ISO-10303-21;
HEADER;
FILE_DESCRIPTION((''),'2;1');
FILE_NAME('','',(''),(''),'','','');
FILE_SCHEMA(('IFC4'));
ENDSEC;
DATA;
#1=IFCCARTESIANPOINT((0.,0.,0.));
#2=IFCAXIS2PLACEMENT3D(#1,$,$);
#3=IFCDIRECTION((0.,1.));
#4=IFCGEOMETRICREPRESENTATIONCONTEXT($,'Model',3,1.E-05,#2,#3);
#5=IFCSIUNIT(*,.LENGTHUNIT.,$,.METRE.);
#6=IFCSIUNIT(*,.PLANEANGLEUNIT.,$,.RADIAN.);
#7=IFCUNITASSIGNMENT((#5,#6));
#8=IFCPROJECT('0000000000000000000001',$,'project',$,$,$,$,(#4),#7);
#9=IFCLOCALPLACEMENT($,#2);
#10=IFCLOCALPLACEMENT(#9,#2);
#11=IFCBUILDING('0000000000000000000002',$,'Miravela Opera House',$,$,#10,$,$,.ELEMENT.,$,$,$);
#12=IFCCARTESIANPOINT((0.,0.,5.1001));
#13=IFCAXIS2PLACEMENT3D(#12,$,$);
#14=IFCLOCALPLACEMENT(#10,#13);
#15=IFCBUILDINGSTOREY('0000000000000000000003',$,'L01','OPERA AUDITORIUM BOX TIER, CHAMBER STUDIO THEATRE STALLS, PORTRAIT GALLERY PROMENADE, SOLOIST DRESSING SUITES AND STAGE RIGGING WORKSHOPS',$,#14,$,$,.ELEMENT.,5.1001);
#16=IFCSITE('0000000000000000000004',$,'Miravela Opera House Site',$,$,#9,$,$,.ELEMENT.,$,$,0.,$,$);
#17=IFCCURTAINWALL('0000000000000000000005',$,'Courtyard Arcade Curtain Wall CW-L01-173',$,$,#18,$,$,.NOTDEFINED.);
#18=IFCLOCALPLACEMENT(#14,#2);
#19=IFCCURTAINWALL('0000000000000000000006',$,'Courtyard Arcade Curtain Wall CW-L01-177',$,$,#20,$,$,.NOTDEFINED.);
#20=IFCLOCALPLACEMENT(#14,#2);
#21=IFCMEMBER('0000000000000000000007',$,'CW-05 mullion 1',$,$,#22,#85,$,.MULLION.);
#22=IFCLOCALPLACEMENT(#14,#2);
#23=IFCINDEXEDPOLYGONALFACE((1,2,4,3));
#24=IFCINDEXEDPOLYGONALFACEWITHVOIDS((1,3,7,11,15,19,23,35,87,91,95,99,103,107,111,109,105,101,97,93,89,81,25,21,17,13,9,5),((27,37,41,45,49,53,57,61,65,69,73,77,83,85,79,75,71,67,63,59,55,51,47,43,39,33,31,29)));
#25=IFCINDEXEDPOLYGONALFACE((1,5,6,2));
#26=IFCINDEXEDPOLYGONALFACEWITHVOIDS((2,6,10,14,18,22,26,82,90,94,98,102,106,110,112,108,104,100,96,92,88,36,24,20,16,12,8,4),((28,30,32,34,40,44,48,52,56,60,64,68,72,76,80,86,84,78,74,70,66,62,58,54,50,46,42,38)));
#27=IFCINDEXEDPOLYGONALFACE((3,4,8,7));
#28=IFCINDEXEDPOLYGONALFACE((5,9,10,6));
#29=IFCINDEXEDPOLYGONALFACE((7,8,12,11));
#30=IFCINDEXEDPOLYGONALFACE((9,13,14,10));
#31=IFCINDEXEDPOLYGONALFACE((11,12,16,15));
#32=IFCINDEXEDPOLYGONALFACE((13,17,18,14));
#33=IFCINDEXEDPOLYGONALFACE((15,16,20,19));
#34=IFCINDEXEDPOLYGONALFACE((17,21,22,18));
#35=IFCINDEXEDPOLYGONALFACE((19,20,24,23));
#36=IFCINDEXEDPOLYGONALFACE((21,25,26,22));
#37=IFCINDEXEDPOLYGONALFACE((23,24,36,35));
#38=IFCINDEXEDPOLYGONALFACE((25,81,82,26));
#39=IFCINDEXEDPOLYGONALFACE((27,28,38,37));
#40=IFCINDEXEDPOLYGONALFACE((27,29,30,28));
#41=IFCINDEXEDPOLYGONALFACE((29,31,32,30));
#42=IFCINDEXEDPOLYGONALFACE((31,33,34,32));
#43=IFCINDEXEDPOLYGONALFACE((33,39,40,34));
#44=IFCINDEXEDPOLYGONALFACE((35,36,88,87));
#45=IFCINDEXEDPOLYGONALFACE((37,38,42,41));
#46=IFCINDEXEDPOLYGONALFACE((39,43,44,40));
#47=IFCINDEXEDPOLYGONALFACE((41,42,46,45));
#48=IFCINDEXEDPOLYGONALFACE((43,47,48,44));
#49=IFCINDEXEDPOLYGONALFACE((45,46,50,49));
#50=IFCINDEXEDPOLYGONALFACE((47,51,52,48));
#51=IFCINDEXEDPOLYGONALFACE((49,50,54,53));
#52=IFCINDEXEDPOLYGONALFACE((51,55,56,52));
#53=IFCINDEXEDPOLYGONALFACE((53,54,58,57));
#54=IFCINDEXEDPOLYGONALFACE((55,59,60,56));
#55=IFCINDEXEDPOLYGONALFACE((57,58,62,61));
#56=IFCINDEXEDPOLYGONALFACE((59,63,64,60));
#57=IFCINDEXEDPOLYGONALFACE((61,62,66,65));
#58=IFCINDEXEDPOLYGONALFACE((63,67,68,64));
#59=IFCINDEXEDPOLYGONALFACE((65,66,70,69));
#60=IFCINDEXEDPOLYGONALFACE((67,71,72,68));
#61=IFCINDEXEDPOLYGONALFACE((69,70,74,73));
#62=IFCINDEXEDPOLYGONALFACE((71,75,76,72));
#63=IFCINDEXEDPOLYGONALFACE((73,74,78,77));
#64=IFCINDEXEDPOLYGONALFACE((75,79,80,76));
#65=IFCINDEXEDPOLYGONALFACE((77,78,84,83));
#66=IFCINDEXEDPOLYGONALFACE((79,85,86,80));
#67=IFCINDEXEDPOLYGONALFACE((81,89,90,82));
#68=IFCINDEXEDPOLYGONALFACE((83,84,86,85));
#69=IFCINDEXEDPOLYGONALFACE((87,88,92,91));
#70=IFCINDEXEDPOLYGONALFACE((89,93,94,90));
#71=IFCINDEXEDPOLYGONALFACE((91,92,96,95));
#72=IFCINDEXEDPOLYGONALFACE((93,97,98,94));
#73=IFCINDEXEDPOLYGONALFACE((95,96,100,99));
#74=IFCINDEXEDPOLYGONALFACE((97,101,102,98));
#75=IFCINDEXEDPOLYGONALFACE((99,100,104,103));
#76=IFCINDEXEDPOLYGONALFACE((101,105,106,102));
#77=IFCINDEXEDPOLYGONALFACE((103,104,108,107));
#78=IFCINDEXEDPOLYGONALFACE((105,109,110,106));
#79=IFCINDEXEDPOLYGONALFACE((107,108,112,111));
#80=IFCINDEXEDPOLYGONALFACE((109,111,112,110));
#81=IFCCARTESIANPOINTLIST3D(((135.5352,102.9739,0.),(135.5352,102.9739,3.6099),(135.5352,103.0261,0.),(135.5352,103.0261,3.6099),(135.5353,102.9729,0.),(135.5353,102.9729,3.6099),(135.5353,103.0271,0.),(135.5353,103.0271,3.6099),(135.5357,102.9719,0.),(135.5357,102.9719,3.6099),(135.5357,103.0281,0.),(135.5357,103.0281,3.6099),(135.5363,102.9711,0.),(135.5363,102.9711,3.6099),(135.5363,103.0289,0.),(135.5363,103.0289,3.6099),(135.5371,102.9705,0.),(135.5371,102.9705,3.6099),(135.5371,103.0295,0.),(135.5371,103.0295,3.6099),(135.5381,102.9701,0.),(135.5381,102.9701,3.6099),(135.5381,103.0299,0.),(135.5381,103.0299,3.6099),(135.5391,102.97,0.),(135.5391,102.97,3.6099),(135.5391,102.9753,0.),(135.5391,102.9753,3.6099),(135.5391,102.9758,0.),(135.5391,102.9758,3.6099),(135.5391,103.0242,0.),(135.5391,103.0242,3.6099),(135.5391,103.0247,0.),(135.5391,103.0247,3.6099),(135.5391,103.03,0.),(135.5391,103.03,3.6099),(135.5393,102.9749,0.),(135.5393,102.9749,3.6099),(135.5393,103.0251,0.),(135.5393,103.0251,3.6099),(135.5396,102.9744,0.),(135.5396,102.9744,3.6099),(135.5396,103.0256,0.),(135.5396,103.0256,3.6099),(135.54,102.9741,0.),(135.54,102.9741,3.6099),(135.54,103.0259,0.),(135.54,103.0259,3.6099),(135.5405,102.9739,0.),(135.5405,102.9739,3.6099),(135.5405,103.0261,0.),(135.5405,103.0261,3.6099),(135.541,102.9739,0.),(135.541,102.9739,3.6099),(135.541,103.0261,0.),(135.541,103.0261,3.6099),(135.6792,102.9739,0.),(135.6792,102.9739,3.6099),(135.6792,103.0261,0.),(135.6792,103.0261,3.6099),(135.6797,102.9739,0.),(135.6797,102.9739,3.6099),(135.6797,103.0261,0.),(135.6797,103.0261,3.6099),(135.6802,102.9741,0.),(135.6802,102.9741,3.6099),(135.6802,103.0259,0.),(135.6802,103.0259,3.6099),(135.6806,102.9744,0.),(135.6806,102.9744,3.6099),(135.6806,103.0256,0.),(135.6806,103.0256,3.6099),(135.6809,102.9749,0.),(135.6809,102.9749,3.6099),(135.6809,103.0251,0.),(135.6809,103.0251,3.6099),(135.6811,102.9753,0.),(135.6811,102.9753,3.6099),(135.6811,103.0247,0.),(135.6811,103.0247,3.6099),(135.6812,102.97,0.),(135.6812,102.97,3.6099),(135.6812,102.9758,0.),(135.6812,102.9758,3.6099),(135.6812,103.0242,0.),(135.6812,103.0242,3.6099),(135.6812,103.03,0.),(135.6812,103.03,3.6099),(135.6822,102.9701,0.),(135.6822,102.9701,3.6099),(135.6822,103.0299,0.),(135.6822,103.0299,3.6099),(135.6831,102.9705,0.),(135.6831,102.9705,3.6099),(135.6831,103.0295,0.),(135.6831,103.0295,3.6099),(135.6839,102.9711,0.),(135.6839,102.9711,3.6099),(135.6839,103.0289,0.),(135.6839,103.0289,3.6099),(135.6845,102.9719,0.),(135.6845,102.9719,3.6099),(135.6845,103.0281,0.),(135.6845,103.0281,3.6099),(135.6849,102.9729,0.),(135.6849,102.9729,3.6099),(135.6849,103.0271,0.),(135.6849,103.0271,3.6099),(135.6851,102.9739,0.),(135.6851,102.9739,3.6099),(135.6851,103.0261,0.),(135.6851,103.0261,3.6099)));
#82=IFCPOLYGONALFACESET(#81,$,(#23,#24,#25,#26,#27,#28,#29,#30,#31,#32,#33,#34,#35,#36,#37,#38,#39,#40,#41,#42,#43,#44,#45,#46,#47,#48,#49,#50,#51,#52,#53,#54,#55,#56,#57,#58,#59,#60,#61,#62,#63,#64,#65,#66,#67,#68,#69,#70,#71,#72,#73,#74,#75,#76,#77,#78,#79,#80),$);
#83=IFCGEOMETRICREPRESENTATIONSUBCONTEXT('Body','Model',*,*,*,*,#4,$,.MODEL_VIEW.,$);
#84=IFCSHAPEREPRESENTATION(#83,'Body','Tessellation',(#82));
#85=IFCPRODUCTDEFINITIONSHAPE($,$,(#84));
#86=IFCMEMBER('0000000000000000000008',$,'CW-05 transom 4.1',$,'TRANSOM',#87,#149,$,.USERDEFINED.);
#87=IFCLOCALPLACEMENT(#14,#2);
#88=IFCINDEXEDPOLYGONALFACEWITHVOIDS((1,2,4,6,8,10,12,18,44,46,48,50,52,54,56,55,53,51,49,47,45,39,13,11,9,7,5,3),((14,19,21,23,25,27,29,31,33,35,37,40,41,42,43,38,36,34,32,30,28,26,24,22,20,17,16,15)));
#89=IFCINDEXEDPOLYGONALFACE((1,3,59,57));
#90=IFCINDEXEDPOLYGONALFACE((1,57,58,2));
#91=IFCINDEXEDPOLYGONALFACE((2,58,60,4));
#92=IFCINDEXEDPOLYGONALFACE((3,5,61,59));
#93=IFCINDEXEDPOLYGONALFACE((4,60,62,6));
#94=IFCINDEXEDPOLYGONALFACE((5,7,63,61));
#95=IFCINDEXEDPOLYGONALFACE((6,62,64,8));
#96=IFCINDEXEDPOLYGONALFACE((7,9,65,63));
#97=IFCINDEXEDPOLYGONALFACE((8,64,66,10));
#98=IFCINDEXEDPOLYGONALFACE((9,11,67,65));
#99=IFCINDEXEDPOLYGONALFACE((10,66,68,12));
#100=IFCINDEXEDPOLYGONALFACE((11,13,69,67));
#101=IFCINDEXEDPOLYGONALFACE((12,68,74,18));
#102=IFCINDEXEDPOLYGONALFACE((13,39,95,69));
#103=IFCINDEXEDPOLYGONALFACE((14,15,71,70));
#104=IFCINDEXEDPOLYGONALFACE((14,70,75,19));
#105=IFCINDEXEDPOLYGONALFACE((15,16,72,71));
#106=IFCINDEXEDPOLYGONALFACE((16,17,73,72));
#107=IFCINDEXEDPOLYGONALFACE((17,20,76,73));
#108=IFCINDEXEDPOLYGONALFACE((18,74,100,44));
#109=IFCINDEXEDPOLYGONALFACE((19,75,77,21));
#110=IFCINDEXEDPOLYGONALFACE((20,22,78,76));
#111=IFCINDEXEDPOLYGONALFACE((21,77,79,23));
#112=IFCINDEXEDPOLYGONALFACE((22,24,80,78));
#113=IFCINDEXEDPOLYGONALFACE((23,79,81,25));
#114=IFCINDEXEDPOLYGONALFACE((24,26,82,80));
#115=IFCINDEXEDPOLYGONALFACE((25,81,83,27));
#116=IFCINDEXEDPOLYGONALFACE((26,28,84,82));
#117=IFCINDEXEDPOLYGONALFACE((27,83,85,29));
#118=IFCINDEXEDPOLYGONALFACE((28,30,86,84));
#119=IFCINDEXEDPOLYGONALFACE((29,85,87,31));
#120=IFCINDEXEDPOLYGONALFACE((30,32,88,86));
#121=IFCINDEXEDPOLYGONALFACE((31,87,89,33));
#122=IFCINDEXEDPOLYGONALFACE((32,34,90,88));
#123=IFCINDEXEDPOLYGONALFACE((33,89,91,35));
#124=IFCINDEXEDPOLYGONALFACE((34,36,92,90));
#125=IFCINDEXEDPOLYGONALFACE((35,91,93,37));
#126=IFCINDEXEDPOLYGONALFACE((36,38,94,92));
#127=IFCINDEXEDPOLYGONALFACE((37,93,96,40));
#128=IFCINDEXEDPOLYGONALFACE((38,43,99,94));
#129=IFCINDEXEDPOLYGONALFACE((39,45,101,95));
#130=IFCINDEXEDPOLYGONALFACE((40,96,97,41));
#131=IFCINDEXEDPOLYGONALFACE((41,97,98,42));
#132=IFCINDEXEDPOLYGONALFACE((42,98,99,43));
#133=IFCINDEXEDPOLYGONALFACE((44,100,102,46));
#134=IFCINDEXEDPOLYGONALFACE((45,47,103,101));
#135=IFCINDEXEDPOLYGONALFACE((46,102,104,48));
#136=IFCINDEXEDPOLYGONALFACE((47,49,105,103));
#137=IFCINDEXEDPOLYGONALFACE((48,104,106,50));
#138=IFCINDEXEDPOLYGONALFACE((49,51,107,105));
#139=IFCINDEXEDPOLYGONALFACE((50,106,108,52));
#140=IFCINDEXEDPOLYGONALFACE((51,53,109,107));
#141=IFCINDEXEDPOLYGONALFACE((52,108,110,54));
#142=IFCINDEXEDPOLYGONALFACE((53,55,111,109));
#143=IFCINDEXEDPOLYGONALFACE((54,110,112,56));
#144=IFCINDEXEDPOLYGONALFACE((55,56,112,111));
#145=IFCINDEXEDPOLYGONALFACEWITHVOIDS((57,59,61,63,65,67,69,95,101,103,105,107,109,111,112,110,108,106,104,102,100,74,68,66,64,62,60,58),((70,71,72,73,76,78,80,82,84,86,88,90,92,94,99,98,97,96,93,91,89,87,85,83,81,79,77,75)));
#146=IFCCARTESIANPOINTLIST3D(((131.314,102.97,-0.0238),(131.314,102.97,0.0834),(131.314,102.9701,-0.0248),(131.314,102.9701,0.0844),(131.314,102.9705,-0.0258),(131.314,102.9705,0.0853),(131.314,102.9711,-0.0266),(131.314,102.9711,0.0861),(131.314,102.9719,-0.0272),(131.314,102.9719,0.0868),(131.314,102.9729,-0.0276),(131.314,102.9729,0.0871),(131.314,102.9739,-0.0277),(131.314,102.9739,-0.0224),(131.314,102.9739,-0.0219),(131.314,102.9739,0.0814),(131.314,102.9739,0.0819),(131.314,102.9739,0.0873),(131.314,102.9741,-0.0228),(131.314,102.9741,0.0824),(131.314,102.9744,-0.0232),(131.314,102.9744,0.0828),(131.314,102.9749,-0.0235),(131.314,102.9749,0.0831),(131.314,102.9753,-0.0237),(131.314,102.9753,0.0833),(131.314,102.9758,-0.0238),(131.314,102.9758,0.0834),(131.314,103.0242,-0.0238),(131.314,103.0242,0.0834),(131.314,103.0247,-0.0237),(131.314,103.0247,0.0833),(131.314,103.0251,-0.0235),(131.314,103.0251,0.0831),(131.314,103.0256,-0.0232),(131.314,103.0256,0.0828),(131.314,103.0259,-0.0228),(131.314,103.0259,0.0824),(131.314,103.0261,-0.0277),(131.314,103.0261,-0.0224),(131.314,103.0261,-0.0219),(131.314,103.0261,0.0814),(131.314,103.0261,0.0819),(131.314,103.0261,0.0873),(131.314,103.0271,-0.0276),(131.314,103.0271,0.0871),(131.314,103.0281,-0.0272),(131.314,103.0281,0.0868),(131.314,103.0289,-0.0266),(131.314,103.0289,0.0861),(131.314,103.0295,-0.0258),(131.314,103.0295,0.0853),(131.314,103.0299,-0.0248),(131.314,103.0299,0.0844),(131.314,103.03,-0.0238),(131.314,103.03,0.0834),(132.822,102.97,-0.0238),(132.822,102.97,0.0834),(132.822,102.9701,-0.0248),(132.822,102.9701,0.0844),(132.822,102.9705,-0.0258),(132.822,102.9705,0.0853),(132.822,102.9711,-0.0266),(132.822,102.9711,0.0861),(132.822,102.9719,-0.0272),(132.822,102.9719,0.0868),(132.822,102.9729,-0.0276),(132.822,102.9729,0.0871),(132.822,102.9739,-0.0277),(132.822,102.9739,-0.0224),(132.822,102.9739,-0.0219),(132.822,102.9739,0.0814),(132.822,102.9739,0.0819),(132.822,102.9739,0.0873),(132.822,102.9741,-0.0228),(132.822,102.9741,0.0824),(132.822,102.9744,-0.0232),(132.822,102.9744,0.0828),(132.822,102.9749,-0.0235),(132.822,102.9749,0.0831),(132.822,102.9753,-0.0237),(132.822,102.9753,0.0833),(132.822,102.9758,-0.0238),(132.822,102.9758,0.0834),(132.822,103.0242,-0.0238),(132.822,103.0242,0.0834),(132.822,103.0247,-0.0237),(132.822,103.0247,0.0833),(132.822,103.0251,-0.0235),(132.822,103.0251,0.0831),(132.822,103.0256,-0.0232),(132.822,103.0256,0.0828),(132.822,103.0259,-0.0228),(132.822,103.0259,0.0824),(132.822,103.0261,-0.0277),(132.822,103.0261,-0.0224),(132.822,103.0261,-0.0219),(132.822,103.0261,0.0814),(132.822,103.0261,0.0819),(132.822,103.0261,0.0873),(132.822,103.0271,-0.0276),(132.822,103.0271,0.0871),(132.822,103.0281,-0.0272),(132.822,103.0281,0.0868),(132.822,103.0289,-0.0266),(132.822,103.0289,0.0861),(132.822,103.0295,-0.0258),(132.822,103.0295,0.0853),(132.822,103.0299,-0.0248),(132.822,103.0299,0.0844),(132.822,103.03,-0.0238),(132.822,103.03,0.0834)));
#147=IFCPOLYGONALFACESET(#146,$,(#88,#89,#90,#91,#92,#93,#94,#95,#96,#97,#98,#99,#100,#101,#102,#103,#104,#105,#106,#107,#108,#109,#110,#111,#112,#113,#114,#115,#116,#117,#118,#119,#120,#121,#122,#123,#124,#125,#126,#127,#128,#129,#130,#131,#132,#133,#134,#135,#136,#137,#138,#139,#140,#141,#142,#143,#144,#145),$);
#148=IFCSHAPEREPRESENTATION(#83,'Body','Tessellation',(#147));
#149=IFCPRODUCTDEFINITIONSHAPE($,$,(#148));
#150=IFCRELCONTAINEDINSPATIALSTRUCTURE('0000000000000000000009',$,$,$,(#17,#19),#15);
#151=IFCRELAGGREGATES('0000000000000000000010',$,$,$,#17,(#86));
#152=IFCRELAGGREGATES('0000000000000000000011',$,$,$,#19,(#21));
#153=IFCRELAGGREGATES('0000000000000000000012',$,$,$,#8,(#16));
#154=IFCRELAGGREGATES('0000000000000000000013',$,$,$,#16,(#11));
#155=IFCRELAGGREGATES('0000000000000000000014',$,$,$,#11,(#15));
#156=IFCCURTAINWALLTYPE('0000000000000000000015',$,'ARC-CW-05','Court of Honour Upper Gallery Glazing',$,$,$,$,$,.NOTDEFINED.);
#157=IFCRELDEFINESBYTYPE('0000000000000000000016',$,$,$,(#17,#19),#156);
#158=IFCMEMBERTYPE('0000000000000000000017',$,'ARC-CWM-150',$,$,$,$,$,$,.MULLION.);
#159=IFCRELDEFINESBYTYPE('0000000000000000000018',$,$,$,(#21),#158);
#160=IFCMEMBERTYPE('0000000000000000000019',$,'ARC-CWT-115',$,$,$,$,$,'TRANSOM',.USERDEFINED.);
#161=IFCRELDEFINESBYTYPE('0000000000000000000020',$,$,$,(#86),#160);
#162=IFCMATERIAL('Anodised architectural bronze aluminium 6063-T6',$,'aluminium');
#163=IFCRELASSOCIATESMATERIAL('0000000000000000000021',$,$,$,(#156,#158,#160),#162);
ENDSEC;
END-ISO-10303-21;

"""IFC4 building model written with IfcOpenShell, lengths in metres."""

from ifc_helpers import new_model, si_unit, direction, frame, origin, origin_2d, place, context, subcontext, project, spatial, hollow_rectangle, extrude, material, material_profile, profile_set, type_object, element, aggregate, save


model = new_model("IFC4")

# Units and contexts
model_context = context("Model", 3, precision=1e-05, world=origin(), true_north=direction((0.0, 1.0)))
body_context = subcontext(model_context, "Body", "Model", "MODEL_VIEW")
ifc_project = project(units=[si_unit("LENGTHUNIT", "METRE"), si_unit("PLANEANGLEUNIT", "RADIAN")], contexts=[model_context])

# Site, building, storey
site_placement = place(None, origin())
site = spatial("IfcSite", under=ifc_project, at=site_placement, Name="Miravela Opera House Site", CompositionType="ELEMENT", RefElevation=0.0)
building_placement = place(site_placement, origin())
building = spatial("IfcBuilding", under=site, at=building_placement, Name="Miravela Opera House", CompositionType="ELEMENT")
storey_placement = place(building_placement, frame((0.0, 0.0, 5.1001)))
storey = spatial("IfcBuildingStorey", under=building, at=storey_placement, Name="L01", Description="OPERA AUDITORIUM BOX TIER, CHAMBER STUDIO THEATRE STALLS, PORTRAIT GALLERY PROMENADE, SOLOIST DRESSING SUITES AND STAGE RIGGING WORKSHOPS", CompositionType="ELEMENT", Elevation=5.1001)

# Curtain wall
ifc_material_1 = material(Name="Anodised architectural bronze aluminium 6063-T6", Category="aluminium")
curtain_wall_type = type_object("IfcCurtainWallType", Name="ARC-CW-05", Description="Court of Honour Upper Gallery Glazing", PredefinedType="NOTDEFINED", material=ifc_material_1)
curtain_wall_1_placement = place(storey_placement, origin())
curtain_wall_1 = element("IfcCurtainWall", 1, at=curtain_wall_1_placement, inside=storey, type_object=curtain_wall_type, Name="Courtyard Arcade Curtain Wall CW-L01-173", PredefinedType="NOTDEFINED")
ifc_material_profile_1 = material_profile(ifc_material_1, hollow_rectangle(XDim=0.0601, YDim=0.1499, WallThickness=0.0039, InnerFilletRadius=0.002, OuterFilletRadius=0.0039, at=origin_2d()), Name="CWM-60X150")
ifc_profile_set_1 = profile_set([ifc_material_profile_1])
member_type_1 = type_object("IfcMemberType", Name="ARC-CWM-150", PredefinedType="MULLION", material=ifc_profile_set_1)

# Curtain wall, member
curtain_wall_2_placement = place(storey_placement, origin())
curtain_wall_2 = element("IfcCurtainWall", 2, at=curtain_wall_2_placement, inside=storey, type_object=curtain_wall_type, Name="Courtyard Arcade Curtain Wall CW-L01-177", PredefinedType="NOTDEFINED")
member_1_placement = place(storey_placement, frame((135.6101, 103.0, 0.0), z_axis=(0.0, 0.0, 1.0), x_axis=(0.0, 1.0, 0.0)))
member_1 = element("IfcMember", 3, at=member_1_placement, type_object=member_type_1, Name="CW-05 mullion 1", PredefinedType="MULLION", context=body_context, shape_type="SweptSolid", body=[
    extrude(hollow_rectangle(XDim=0.0601, YDim=0.1499, WallThickness=0.0039, InnerFilletRadius=0.002, OuterFilletRadius=0.0039, at=origin_2d()), origin(), (0.0, 0.0, 1.0), 3.6099),
])

# Member
ifc_material_profile_2 = material_profile(ifc_material_1, hollow_rectangle(XDim=0.0601, YDim=0.115, WallThickness=0.0039, InnerFilletRadius=0.002, OuterFilletRadius=0.0039, at=origin_2d()), Name="CWT-60X115")
ifc_profile_set_2 = profile_set([ifc_material_profile_2])
member_type_2 = type_object("IfcMemberType", Name="ARC-CWT-115", ElementType="TRANSOM", PredefinedType="USERDEFINED", material=ifc_profile_set_2)
member_2_placement = place(storey_placement, frame((131.314, 103.0, 0.0298), z_axis=(1.0, 0.0, 0.0), x_axis=(0.0, 1.0, 0.0)))
member_2 = element("IfcMember", 4, at=member_2_placement, type_object=member_type_2, Name="CW-05 transom 4.1", ObjectType="TRANSOM", PredefinedType="USERDEFINED", context=body_context, shape_type="SweptSolid", body=[
    extrude(hollow_rectangle(XDim=0.0601, YDim=0.115, WallThickness=0.0039, InnerFilletRadius=0.002, OuterFilletRadius=0.0039, at=origin_2d()), origin(), (0.0, 0.0, 1.0), 1.5081),
])

aggregate(curtain_wall_1, [member_2])
aggregate(curtain_wall_2, [member_1])

save(model, "model.ifc")
